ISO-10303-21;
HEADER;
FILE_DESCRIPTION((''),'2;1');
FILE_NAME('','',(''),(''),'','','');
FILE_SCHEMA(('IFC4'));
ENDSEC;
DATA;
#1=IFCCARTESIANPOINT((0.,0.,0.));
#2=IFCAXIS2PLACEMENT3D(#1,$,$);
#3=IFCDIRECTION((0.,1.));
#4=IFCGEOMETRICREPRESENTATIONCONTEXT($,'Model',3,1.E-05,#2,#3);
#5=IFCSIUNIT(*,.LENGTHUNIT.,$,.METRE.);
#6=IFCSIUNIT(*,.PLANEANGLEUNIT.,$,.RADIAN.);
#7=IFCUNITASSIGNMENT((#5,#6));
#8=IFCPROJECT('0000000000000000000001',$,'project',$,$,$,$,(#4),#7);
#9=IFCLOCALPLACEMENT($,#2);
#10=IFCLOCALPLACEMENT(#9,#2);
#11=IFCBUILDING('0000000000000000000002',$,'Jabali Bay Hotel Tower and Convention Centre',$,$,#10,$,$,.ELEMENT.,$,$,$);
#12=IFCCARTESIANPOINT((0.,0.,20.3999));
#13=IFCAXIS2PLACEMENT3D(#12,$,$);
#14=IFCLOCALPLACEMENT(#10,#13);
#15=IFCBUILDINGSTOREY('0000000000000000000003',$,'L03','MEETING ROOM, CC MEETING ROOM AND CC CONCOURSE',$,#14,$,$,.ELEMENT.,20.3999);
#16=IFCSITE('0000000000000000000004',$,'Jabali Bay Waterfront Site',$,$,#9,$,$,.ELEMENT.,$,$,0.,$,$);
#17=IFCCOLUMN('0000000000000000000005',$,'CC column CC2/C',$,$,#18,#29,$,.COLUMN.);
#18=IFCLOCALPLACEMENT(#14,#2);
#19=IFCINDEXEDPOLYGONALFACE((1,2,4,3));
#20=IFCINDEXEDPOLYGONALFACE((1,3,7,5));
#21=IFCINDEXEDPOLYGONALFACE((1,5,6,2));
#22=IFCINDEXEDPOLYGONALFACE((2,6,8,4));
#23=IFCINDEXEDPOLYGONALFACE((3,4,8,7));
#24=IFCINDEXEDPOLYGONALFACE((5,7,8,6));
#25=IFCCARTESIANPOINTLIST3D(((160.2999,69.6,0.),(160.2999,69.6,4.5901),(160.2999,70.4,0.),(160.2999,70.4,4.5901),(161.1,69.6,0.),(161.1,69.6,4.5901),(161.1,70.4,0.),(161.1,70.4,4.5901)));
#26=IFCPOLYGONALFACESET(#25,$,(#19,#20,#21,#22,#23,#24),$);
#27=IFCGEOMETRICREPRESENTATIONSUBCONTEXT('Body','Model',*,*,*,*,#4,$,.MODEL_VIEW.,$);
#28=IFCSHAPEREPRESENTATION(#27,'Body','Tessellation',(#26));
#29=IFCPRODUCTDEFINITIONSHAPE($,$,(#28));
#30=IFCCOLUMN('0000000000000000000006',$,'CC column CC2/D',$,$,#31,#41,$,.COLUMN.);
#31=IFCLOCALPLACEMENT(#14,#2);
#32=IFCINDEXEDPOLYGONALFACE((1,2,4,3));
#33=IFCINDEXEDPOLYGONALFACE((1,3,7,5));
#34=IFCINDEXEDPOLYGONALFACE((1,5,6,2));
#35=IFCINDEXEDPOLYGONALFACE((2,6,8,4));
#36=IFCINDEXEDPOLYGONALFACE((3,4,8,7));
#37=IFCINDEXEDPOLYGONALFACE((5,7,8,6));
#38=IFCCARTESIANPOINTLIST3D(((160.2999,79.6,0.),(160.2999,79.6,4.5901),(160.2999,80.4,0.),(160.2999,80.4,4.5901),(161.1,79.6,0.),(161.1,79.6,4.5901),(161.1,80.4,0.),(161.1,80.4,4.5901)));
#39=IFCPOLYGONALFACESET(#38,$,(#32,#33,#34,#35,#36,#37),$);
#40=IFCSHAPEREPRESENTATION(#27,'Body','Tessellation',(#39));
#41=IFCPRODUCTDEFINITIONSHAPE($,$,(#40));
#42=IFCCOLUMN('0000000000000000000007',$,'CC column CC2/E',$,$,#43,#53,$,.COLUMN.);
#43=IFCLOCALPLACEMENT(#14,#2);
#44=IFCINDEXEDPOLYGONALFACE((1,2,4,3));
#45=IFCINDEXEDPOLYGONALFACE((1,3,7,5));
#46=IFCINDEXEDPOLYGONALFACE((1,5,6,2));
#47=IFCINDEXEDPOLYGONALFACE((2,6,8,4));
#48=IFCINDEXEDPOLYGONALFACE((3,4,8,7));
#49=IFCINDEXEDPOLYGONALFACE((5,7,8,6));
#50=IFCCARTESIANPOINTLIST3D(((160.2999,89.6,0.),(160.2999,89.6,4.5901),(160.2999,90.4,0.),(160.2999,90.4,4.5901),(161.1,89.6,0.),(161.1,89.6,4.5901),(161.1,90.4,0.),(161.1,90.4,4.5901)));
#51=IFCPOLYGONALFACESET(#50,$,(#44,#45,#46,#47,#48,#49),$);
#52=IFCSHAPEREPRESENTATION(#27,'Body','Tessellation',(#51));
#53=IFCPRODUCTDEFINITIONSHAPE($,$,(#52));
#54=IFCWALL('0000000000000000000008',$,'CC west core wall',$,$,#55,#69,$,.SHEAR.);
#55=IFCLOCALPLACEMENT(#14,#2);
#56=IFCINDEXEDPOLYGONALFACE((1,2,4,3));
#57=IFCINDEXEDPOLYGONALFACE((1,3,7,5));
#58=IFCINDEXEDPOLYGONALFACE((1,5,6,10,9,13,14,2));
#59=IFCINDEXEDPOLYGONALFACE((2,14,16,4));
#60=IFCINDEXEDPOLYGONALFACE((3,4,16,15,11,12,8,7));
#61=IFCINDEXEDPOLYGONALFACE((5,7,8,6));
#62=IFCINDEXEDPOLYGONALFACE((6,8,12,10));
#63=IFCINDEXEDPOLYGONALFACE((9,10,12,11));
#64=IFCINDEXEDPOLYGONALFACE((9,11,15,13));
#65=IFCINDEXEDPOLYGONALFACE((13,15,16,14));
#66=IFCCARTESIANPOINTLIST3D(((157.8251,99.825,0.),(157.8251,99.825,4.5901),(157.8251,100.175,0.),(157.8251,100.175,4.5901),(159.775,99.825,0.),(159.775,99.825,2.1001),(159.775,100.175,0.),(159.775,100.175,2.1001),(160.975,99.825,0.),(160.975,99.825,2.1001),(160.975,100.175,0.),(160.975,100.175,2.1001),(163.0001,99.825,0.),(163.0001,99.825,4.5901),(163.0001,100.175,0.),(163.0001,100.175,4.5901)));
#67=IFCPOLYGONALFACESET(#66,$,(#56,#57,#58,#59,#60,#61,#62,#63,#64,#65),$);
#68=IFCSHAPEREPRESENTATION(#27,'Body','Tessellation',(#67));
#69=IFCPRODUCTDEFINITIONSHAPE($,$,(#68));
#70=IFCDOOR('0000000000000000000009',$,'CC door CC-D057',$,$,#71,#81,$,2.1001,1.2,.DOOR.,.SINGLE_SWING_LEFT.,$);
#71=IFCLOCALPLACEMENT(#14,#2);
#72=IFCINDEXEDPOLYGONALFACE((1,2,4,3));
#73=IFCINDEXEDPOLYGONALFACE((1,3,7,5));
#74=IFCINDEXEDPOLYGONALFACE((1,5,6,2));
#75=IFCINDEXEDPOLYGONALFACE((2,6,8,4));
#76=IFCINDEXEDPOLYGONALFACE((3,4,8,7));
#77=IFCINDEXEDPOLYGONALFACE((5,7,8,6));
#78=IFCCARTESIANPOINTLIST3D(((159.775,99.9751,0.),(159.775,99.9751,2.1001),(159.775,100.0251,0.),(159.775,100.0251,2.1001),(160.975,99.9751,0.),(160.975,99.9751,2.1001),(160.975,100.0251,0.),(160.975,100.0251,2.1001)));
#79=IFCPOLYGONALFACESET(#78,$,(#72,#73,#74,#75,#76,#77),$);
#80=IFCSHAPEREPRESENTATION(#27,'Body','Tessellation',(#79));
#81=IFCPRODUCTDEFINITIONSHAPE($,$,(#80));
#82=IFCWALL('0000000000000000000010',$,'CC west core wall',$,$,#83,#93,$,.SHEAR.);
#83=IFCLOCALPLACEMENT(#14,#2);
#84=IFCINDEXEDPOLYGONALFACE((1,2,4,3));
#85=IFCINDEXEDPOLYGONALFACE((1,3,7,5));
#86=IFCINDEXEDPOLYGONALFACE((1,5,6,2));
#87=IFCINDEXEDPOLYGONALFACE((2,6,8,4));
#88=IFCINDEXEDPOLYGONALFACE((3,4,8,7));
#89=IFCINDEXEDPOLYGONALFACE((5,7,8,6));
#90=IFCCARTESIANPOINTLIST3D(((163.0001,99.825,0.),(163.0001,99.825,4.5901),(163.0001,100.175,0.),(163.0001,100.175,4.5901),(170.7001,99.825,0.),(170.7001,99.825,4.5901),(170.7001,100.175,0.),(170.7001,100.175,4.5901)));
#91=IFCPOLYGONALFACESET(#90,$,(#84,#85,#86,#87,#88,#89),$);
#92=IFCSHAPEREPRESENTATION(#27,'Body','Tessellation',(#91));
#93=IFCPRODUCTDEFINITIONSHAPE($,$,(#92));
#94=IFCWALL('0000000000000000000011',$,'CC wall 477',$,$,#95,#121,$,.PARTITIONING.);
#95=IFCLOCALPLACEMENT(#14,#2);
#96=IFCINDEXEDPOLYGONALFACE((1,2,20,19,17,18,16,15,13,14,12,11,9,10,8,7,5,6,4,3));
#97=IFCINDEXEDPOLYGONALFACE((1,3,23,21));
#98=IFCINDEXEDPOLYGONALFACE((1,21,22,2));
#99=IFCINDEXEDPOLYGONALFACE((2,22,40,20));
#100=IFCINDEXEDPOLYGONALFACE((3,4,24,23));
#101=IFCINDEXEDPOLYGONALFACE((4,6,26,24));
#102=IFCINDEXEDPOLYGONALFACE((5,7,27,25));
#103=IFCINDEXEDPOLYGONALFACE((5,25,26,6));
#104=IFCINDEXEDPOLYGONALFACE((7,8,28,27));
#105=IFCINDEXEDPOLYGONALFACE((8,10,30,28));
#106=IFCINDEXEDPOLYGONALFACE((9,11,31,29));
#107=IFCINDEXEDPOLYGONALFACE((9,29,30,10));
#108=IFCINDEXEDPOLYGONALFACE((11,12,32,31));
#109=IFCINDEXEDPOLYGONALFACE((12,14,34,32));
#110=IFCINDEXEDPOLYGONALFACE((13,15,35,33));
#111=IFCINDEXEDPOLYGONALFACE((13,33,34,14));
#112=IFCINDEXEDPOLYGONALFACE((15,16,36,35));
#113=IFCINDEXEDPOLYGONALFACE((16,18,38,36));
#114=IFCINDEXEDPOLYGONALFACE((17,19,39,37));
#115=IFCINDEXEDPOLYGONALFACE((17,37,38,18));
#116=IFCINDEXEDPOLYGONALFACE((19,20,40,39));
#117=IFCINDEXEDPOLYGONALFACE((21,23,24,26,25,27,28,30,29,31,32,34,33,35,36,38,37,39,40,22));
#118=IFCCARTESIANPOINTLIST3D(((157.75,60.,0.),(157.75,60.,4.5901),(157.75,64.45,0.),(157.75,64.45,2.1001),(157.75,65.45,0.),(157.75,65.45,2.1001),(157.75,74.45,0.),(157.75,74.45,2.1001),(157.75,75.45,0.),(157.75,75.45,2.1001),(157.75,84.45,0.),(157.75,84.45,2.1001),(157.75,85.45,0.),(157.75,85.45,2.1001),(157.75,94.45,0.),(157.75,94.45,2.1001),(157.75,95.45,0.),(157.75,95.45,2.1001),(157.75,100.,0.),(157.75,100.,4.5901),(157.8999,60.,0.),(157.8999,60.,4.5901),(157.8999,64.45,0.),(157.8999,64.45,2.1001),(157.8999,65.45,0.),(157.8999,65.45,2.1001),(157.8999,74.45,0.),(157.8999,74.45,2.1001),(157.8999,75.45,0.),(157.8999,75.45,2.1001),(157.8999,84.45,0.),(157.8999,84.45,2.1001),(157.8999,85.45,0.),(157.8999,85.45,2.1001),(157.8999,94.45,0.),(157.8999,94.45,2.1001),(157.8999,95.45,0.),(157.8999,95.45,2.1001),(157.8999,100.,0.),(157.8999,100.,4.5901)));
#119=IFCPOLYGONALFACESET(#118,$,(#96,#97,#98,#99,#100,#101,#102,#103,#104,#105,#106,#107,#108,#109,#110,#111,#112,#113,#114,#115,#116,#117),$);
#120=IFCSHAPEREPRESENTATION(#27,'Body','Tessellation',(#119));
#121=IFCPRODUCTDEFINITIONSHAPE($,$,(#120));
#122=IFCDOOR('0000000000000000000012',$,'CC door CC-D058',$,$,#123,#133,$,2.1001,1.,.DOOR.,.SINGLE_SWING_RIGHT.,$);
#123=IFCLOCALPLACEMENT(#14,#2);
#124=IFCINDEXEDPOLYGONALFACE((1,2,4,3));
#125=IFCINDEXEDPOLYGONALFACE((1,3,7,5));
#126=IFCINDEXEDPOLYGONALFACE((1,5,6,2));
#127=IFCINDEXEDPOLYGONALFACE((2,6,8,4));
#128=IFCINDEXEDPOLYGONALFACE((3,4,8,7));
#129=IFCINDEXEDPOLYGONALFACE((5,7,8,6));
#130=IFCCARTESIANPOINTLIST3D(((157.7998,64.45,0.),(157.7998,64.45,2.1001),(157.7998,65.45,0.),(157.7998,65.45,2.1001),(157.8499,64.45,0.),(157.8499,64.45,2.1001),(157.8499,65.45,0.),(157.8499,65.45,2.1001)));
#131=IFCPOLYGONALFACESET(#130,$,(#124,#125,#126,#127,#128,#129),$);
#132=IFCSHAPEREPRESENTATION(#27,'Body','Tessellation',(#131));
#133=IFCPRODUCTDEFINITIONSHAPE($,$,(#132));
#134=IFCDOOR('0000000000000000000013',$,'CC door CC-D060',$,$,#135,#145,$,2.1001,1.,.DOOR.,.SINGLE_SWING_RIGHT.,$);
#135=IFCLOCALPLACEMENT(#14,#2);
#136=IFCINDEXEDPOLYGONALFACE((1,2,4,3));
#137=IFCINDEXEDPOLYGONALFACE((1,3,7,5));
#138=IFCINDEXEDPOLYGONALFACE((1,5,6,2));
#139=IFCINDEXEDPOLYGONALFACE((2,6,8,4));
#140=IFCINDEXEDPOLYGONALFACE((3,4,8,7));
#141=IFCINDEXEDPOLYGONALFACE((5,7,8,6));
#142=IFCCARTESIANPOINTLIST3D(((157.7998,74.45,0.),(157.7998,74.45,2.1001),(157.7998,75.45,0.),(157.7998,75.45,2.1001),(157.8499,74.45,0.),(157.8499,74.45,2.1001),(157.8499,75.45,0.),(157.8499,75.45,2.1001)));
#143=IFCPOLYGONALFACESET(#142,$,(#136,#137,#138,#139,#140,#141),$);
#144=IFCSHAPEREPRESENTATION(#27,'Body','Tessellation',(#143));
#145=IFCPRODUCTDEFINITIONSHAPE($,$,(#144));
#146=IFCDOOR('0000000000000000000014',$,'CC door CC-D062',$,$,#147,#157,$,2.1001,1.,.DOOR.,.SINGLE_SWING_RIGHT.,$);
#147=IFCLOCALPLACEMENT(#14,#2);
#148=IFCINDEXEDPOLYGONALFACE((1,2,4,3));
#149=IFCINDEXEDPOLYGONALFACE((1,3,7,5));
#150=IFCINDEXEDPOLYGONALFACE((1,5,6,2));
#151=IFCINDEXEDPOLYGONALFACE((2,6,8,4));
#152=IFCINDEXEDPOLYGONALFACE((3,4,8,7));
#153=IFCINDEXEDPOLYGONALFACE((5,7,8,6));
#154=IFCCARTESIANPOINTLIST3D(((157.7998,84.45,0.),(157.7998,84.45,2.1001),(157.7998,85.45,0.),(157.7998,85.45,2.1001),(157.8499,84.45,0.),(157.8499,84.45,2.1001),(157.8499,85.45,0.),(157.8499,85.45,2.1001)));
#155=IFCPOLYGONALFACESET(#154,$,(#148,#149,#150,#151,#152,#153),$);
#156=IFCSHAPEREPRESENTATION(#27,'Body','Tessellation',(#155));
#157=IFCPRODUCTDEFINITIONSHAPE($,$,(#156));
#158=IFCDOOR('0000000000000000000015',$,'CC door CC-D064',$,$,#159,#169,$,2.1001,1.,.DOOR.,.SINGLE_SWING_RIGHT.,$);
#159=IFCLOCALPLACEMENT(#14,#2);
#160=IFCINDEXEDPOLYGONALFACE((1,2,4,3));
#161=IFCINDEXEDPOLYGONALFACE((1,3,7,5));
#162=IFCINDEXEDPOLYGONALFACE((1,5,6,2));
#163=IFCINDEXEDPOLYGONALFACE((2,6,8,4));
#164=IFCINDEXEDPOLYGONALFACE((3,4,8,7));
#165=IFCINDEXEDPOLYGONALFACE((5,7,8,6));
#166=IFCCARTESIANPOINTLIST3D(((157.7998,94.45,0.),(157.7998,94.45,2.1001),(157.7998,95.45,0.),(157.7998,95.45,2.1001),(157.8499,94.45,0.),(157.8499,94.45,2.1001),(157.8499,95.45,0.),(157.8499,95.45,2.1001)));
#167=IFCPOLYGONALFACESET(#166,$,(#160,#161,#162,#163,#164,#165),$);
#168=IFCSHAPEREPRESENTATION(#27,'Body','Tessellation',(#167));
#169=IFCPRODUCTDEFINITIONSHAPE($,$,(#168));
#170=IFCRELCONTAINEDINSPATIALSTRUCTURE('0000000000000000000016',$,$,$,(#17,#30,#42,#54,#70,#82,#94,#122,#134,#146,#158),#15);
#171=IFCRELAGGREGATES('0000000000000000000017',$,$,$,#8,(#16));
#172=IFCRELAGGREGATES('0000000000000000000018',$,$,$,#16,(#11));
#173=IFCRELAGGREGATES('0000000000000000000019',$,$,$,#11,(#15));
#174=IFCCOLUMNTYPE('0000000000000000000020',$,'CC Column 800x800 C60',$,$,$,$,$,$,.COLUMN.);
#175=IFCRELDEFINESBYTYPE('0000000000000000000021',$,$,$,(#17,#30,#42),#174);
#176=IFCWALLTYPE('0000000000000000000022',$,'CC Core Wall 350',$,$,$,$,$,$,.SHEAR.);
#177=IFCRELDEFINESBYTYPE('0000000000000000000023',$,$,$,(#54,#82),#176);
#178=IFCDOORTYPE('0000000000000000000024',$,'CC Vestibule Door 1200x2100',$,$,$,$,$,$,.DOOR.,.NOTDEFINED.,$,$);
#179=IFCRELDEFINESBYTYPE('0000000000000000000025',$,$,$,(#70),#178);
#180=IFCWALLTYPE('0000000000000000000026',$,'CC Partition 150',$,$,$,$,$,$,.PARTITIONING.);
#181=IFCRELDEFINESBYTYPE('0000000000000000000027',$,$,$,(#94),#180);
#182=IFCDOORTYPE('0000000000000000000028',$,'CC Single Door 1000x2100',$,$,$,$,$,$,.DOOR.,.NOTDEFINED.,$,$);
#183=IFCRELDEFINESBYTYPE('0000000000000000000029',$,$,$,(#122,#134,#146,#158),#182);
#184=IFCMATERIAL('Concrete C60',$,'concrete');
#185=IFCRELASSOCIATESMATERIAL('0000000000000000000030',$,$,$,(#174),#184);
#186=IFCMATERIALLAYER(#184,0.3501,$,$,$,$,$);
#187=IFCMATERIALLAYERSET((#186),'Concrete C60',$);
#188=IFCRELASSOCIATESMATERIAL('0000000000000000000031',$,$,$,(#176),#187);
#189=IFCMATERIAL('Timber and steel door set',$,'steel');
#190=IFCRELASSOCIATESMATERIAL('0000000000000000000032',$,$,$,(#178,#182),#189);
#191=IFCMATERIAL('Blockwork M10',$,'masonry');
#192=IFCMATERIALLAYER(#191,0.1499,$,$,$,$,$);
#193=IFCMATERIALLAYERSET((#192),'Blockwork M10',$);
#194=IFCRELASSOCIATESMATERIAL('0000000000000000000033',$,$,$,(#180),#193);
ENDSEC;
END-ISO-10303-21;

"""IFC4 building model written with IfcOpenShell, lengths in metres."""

from ifc_helpers import new_model, si_unit, direction, frame, frame_2d, origin, origin_2d, place, context, subcontext, project, spatial, rectangle, extrude, material, layer, layer_set, material_profile, profile_set, type_object, element, fill, save


model = new_model("IFC4")

# Units and contexts
model_context = context("Model", 3, precision=1e-05, world=origin(), true_north=direction((0.0, 1.0)))
body_context = subcontext(model_context, "Body", "Model", "MODEL_VIEW")
ifc_project = project(units=[si_unit("LENGTHUNIT", "METRE"), si_unit("PLANEANGLEUNIT", "RADIAN")], contexts=[model_context])

# Site, building, storey
site_placement = place(None, origin())
site = spatial("IfcSite", under=ifc_project, at=site_placement, Name="Jabali Bay Waterfront Site", CompositionType="ELEMENT", RefElevation=0.0)
building_placement = place(site_placement, origin())
building = spatial("IfcBuilding", under=site, at=building_placement, Name="Jabali Bay Hotel Tower and Convention Centre", CompositionType="ELEMENT")
storey_placement = place(building_placement, frame((0.0, 0.0, 20.3999)))
storey = spatial("IfcBuildingStorey", under=building, at=storey_placement, Name="L03", Description="MEETING ROOM, CC MEETING ROOM AND CC CONCOURSE", CompositionType="ELEMENT", Elevation=20.3999)

# Columns
ifc_material_1 = material(Name="Concrete C60", Category="concrete")
ifc_material_profile = material_profile(ifc_material_1, rectangle(XDim=0.8, YDim=0.8, at=origin_2d()), Name="RC 800x800")
ifc_profile_set = profile_set([ifc_material_profile], Name="Concrete C60")
column_type = type_object("IfcColumnType", Name="CC Column 800x800 C60", PredefinedType="COLUMN", material=ifc_profile_set)
for number, where, z_axis, x_axis, name in (
    (1, (160.7, 70.0, 0.0), (0.0, 0.0, 1.0), (1.0, 0.0, 0.0), "CC column CC2/C"),
    (2, (160.7, 80.0, 0.0), (0.0, 0.0, 1.0), (1.0, 0.0, 0.0), "CC column CC2/D"),
    (3, (160.7, 90.0, 0.0), (0.0, 0.0, 1.0), (1.0, 0.0, 0.0), "CC column CC2/E"),
):
    element("IfcColumn", number, at=place(storey_placement, frame(where, z_axis=z_axis, x_axis=x_axis)), inside=storey, type_object=column_type, Name=name, PredefinedType="COLUMN", context=body_context, shape_type="SweptSolid", body=[
        extrude(rectangle(XDim=0.8, YDim=0.8, at=origin_2d()), origin(), (0.0, 0.0, 1.0), 4.5901),
    ])

# Wall, opening, door
ifc_layer_1 = layer(ifc_material_1, 0.3501)
ifc_layer_set_1 = layer_set([ifc_layer_1], Name="Concrete C60")
wall_type_1 = type_object("IfcWallType", Name="CC Core Wall 350", PredefinedType="SHEAR", material=ifc_layer_set_1)
wall_1_placement = place(storey_placement, frame((163.0, 100.0, 0.0), z_axis=(0.0, 0.0, 1.0), x_axis=(-1.0, 0.0, 0.0)))
wall_1 = element("IfcWall", 4, at=wall_1_placement, inside=storey, type_object=wall_type_1, Name="CC west core wall", PredefinedType="SHEAR", context=body_context, shape_type="SweptSolid", body=[
    extrude(rectangle(XDim=5.175, YDim=0.3501, at=frame_2d((2.5874, 0.0))), origin(), (0.0, 0.0, 1.0), 4.5901),
])
opening_1_placement = place(wall_1_placement, frame((2.0249, 0.0, 0.0)))
opening_1 = element("IfcOpeningElement", 5, at=opening_1_placement, cuts=wall_1, PredefinedType="OPENING", context=body_context, shape_type="SweptSolid", body=[
    extrude(rectangle(XDim=1.2, YDim=2.1001, at=frame_2d((0.6001, 1.05))), frame((0.0, 0.1855, 0.0), z_axis=(0.0, -1.0, 0.0), x_axis=(1.0, 0.0, 0.0)), (0.0, 0.0, 1.0), 0.3711),
])
ifc_material_2 = material(Name="Timber and steel door set", Category="steel")
door_type_1 = type_object("IfcDoorType", Name="CC Vestibule Door 1200x2100", OperationType="NOTDEFINED", PredefinedType="DOOR", material=ifc_material_2)
door_1_placement = place(opening_1_placement, origin())
door_1 = element("IfcDoor", 6, at=door_1_placement, inside=storey, type_object=door_type_1, Name="CC door CC-D057", OperationType="SINGLE_SWING_LEFT", OverallHeight=2.1001, OverallWidth=1.2, PredefinedType="DOOR", context=body_context, shape_type="SweptSolid", body=[
    extrude(rectangle(XDim=1.2, YDim=2.1001, at=frame_2d((0.6001, 1.05))), frame((0.0, 0.0249, 0.0), z_axis=(0.0, -1.0, 0.0), x_axis=(1.0, 0.0, 0.0)), (0.0, 0.0, 1.0), 0.05),
])
fill(opening_1, door_1)

# Wall
wall_2_placement = place(storey_placement, frame((163.0, 100.0, 0.0), z_axis=(0.0, 0.0, 1.0), x_axis=(1.0, 0.0, 0.0)))
element("IfcWall", 7, at=wall_2_placement, inside=storey, type_object=wall_type_1, Name="CC west core wall", PredefinedType="SHEAR", context=body_context, shape_type="SweptSolid", body=[
    extrude(rectangle(XDim=7.7, YDim=0.3501, at=frame_2d((3.8501, 0.0))), origin(), (0.0, 0.0, 1.0), 4.5901),
])

# Wall, openings, doors
ifc_material_3 = material(Name="Blockwork M10", Category="masonry")
ifc_layer_2 = layer(ifc_material_3, 0.1499)
ifc_layer_set_2 = layer_set([ifc_layer_2], Name="Blockwork M10")
wall_type_2 = type_object("IfcWallType", Name="CC Partition 150", PredefinedType="PARTITIONING", material=ifc_layer_set_2)
wall_3_placement = place(storey_placement, frame((157.825, 100.0, 0.0), z_axis=(0.0, 0.0, 1.0), x_axis=(0.0, -1.0, 0.0)))
wall_3 = element("IfcWall", 8, at=wall_3_placement, inside=storey, type_object=wall_type_2, Name="CC wall 477", PredefinedType="PARTITIONING", context=body_context, shape_type="SweptSolid", body=[
    extrude(rectangle(XDim=40.0, YDim=0.1499, at=frame_2d((20.0, 0.0))), origin(), (0.0, 0.0, 1.0), 4.5901),
])
opening_2_placement = place(wall_3_placement, frame((34.55, 0.0, 0.0)))
opening_2 = element("IfcOpeningElement", 9, at=opening_2_placement, cuts=wall_3, PredefinedType="OPENING", context=body_context, shape_type="SweptSolid", body=[
    extrude(rectangle(XDim=1.0, YDim=2.1001, at=frame_2d((0.5, 1.05))), frame((0.0, 0.0854, 0.0), z_axis=(0.0, -1.0, 0.0), x_axis=(1.0, 0.0, 0.0)), (0.0, 0.0, 1.0), 0.1709),
])
opening_3_placement = place(wall_3_placement, frame((24.55, 0.0, 0.0)))
opening_3 = element("IfcOpeningElement", 10, at=opening_3_placement, cuts=wall_3, PredefinedType="OPENING", context=body_context, shape_type="SweptSolid", body=[
    extrude(rectangle(XDim=1.0, YDim=2.1001, at=frame_2d((0.5, 1.05))), frame((0.0, 0.0854, 0.0), z_axis=(0.0, -1.0, 0.0), x_axis=(1.0, 0.0, 0.0)), (0.0, 0.0, 1.0), 0.1709),
])
opening_4_placement = place(wall_3_placement, frame((14.55, 0.0, 0.0)))
opening_4 = element("IfcOpeningElement", 11, at=opening_4_placement, cuts=wall_3, PredefinedType="OPENING", context=body_context, shape_type="SweptSolid", body=[
    extrude(rectangle(XDim=1.0, YDim=2.1001, at=frame_2d((0.5, 1.05))), frame((0.0, 0.0854, 0.0), z_axis=(0.0, -1.0, 0.0), x_axis=(1.0, 0.0, 0.0)), (0.0, 0.0, 1.0), 0.1709),
])
opening_5_placement = place(wall_3_placement, frame((4.55, 0.0, 0.0)))
opening_5 = element("IfcOpeningElement", 12, at=opening_5_placement, cuts=wall_3, PredefinedType="OPENING", context=body_context, shape_type="SweptSolid", body=[
    extrude(rectangle(XDim=1.0, YDim=2.1001, at=frame_2d((0.5, 1.05))), frame((0.0, 0.0854, 0.0), z_axis=(0.0, -1.0, 0.0), x_axis=(1.0, 0.0, 0.0)), (0.0, 0.0, 1.0), 0.1709),
])
door_type_2 = type_object("IfcDoorType", Name="CC Single Door 1000x2100", OperationType="NOTDEFINED", PredefinedType="DOOR", material=ifc_material_2)
door_2_placement = place(opening_2_placement, origin())
door_2 = element("IfcDoor", 13, at=door_2_placement, inside=storey, type_object=door_type_2, Name="CC door CC-D058", OperationType="SINGLE_SWING_RIGHT", OverallHeight=2.1001, OverallWidth=1.0, PredefinedType="DOOR", context=body_context, shape_type="SweptSolid", body=[
    extrude(rectangle(XDim=1.0, YDim=2.1001, at=frame_2d((0.5, 1.05))), frame((0.0, 0.0249, 0.0), z_axis=(0.0, -1.0, 0.0), x_axis=(1.0, 0.0, 0.0)), (0.0, 0.0, 1.0), 0.05),
])
fill(opening_2, door_2)
door_3_placement = place(opening_3_placement, origin())
door_3 = element("IfcDoor", 14, at=door_3_placement, inside=storey, type_object=door_type_2, Name="CC door CC-D060", OperationType="SINGLE_SWING_RIGHT", OverallHeight=2.1001, OverallWidth=1.0, PredefinedType="DOOR", context=body_context, shape_type="SweptSolid", body=[
    extrude(rectangle(XDim=1.0, YDim=2.1001, at=frame_2d((0.5, 1.05))), frame((0.0, 0.0249, 0.0), z_axis=(0.0, -1.0, 0.0), x_axis=(1.0, 0.0, 0.0)), (0.0, 0.0, 1.0), 0.05),
])
fill(opening_3, door_3)
door_4_placement = place(opening_4_placement, origin())
door_4 = element("IfcDoor", 15, at=door_4_placement, inside=storey, type_object=door_type_2, Name="CC door CC-D062", OperationType="SINGLE_SWING_RIGHT", OverallHeight=2.1001, OverallWidth=1.0, PredefinedType="DOOR", context=body_context, shape_type="SweptSolid", body=[
    extrude(rectangle(XDim=1.0, YDim=2.1001, at=frame_2d((0.5, 1.05))), frame((0.0, 0.0249, 0.0), z_axis=(0.0, -1.0, 0.0), x_axis=(1.0, 0.0, 0.0)), (0.0, 0.0, 1.0), 0.05),
])
fill(opening_4, door_4)
door_5_placement = place(opening_5_placement, origin())
door_5 = element("IfcDoor", 16, at=door_5_placement, inside=storey, type_object=door_type_2, Name="CC door CC-D064", OperationType="SINGLE_SWING_RIGHT", OverallHeight=2.1001, OverallWidth=1.0, PredefinedType="DOOR", context=body_context, shape_type="SweptSolid", body=[
    extrude(rectangle(XDim=1.0, YDim=2.1001, at=frame_2d((0.5, 1.05))), frame((0.0, 0.0249, 0.0), z_axis=(0.0, -1.0, 0.0), x_axis=(1.0, 0.0, 0.0)), (0.0, 0.0, 1.0), 0.05),
])
fill(opening_5, door_5)

save(model, "model.ifc")
